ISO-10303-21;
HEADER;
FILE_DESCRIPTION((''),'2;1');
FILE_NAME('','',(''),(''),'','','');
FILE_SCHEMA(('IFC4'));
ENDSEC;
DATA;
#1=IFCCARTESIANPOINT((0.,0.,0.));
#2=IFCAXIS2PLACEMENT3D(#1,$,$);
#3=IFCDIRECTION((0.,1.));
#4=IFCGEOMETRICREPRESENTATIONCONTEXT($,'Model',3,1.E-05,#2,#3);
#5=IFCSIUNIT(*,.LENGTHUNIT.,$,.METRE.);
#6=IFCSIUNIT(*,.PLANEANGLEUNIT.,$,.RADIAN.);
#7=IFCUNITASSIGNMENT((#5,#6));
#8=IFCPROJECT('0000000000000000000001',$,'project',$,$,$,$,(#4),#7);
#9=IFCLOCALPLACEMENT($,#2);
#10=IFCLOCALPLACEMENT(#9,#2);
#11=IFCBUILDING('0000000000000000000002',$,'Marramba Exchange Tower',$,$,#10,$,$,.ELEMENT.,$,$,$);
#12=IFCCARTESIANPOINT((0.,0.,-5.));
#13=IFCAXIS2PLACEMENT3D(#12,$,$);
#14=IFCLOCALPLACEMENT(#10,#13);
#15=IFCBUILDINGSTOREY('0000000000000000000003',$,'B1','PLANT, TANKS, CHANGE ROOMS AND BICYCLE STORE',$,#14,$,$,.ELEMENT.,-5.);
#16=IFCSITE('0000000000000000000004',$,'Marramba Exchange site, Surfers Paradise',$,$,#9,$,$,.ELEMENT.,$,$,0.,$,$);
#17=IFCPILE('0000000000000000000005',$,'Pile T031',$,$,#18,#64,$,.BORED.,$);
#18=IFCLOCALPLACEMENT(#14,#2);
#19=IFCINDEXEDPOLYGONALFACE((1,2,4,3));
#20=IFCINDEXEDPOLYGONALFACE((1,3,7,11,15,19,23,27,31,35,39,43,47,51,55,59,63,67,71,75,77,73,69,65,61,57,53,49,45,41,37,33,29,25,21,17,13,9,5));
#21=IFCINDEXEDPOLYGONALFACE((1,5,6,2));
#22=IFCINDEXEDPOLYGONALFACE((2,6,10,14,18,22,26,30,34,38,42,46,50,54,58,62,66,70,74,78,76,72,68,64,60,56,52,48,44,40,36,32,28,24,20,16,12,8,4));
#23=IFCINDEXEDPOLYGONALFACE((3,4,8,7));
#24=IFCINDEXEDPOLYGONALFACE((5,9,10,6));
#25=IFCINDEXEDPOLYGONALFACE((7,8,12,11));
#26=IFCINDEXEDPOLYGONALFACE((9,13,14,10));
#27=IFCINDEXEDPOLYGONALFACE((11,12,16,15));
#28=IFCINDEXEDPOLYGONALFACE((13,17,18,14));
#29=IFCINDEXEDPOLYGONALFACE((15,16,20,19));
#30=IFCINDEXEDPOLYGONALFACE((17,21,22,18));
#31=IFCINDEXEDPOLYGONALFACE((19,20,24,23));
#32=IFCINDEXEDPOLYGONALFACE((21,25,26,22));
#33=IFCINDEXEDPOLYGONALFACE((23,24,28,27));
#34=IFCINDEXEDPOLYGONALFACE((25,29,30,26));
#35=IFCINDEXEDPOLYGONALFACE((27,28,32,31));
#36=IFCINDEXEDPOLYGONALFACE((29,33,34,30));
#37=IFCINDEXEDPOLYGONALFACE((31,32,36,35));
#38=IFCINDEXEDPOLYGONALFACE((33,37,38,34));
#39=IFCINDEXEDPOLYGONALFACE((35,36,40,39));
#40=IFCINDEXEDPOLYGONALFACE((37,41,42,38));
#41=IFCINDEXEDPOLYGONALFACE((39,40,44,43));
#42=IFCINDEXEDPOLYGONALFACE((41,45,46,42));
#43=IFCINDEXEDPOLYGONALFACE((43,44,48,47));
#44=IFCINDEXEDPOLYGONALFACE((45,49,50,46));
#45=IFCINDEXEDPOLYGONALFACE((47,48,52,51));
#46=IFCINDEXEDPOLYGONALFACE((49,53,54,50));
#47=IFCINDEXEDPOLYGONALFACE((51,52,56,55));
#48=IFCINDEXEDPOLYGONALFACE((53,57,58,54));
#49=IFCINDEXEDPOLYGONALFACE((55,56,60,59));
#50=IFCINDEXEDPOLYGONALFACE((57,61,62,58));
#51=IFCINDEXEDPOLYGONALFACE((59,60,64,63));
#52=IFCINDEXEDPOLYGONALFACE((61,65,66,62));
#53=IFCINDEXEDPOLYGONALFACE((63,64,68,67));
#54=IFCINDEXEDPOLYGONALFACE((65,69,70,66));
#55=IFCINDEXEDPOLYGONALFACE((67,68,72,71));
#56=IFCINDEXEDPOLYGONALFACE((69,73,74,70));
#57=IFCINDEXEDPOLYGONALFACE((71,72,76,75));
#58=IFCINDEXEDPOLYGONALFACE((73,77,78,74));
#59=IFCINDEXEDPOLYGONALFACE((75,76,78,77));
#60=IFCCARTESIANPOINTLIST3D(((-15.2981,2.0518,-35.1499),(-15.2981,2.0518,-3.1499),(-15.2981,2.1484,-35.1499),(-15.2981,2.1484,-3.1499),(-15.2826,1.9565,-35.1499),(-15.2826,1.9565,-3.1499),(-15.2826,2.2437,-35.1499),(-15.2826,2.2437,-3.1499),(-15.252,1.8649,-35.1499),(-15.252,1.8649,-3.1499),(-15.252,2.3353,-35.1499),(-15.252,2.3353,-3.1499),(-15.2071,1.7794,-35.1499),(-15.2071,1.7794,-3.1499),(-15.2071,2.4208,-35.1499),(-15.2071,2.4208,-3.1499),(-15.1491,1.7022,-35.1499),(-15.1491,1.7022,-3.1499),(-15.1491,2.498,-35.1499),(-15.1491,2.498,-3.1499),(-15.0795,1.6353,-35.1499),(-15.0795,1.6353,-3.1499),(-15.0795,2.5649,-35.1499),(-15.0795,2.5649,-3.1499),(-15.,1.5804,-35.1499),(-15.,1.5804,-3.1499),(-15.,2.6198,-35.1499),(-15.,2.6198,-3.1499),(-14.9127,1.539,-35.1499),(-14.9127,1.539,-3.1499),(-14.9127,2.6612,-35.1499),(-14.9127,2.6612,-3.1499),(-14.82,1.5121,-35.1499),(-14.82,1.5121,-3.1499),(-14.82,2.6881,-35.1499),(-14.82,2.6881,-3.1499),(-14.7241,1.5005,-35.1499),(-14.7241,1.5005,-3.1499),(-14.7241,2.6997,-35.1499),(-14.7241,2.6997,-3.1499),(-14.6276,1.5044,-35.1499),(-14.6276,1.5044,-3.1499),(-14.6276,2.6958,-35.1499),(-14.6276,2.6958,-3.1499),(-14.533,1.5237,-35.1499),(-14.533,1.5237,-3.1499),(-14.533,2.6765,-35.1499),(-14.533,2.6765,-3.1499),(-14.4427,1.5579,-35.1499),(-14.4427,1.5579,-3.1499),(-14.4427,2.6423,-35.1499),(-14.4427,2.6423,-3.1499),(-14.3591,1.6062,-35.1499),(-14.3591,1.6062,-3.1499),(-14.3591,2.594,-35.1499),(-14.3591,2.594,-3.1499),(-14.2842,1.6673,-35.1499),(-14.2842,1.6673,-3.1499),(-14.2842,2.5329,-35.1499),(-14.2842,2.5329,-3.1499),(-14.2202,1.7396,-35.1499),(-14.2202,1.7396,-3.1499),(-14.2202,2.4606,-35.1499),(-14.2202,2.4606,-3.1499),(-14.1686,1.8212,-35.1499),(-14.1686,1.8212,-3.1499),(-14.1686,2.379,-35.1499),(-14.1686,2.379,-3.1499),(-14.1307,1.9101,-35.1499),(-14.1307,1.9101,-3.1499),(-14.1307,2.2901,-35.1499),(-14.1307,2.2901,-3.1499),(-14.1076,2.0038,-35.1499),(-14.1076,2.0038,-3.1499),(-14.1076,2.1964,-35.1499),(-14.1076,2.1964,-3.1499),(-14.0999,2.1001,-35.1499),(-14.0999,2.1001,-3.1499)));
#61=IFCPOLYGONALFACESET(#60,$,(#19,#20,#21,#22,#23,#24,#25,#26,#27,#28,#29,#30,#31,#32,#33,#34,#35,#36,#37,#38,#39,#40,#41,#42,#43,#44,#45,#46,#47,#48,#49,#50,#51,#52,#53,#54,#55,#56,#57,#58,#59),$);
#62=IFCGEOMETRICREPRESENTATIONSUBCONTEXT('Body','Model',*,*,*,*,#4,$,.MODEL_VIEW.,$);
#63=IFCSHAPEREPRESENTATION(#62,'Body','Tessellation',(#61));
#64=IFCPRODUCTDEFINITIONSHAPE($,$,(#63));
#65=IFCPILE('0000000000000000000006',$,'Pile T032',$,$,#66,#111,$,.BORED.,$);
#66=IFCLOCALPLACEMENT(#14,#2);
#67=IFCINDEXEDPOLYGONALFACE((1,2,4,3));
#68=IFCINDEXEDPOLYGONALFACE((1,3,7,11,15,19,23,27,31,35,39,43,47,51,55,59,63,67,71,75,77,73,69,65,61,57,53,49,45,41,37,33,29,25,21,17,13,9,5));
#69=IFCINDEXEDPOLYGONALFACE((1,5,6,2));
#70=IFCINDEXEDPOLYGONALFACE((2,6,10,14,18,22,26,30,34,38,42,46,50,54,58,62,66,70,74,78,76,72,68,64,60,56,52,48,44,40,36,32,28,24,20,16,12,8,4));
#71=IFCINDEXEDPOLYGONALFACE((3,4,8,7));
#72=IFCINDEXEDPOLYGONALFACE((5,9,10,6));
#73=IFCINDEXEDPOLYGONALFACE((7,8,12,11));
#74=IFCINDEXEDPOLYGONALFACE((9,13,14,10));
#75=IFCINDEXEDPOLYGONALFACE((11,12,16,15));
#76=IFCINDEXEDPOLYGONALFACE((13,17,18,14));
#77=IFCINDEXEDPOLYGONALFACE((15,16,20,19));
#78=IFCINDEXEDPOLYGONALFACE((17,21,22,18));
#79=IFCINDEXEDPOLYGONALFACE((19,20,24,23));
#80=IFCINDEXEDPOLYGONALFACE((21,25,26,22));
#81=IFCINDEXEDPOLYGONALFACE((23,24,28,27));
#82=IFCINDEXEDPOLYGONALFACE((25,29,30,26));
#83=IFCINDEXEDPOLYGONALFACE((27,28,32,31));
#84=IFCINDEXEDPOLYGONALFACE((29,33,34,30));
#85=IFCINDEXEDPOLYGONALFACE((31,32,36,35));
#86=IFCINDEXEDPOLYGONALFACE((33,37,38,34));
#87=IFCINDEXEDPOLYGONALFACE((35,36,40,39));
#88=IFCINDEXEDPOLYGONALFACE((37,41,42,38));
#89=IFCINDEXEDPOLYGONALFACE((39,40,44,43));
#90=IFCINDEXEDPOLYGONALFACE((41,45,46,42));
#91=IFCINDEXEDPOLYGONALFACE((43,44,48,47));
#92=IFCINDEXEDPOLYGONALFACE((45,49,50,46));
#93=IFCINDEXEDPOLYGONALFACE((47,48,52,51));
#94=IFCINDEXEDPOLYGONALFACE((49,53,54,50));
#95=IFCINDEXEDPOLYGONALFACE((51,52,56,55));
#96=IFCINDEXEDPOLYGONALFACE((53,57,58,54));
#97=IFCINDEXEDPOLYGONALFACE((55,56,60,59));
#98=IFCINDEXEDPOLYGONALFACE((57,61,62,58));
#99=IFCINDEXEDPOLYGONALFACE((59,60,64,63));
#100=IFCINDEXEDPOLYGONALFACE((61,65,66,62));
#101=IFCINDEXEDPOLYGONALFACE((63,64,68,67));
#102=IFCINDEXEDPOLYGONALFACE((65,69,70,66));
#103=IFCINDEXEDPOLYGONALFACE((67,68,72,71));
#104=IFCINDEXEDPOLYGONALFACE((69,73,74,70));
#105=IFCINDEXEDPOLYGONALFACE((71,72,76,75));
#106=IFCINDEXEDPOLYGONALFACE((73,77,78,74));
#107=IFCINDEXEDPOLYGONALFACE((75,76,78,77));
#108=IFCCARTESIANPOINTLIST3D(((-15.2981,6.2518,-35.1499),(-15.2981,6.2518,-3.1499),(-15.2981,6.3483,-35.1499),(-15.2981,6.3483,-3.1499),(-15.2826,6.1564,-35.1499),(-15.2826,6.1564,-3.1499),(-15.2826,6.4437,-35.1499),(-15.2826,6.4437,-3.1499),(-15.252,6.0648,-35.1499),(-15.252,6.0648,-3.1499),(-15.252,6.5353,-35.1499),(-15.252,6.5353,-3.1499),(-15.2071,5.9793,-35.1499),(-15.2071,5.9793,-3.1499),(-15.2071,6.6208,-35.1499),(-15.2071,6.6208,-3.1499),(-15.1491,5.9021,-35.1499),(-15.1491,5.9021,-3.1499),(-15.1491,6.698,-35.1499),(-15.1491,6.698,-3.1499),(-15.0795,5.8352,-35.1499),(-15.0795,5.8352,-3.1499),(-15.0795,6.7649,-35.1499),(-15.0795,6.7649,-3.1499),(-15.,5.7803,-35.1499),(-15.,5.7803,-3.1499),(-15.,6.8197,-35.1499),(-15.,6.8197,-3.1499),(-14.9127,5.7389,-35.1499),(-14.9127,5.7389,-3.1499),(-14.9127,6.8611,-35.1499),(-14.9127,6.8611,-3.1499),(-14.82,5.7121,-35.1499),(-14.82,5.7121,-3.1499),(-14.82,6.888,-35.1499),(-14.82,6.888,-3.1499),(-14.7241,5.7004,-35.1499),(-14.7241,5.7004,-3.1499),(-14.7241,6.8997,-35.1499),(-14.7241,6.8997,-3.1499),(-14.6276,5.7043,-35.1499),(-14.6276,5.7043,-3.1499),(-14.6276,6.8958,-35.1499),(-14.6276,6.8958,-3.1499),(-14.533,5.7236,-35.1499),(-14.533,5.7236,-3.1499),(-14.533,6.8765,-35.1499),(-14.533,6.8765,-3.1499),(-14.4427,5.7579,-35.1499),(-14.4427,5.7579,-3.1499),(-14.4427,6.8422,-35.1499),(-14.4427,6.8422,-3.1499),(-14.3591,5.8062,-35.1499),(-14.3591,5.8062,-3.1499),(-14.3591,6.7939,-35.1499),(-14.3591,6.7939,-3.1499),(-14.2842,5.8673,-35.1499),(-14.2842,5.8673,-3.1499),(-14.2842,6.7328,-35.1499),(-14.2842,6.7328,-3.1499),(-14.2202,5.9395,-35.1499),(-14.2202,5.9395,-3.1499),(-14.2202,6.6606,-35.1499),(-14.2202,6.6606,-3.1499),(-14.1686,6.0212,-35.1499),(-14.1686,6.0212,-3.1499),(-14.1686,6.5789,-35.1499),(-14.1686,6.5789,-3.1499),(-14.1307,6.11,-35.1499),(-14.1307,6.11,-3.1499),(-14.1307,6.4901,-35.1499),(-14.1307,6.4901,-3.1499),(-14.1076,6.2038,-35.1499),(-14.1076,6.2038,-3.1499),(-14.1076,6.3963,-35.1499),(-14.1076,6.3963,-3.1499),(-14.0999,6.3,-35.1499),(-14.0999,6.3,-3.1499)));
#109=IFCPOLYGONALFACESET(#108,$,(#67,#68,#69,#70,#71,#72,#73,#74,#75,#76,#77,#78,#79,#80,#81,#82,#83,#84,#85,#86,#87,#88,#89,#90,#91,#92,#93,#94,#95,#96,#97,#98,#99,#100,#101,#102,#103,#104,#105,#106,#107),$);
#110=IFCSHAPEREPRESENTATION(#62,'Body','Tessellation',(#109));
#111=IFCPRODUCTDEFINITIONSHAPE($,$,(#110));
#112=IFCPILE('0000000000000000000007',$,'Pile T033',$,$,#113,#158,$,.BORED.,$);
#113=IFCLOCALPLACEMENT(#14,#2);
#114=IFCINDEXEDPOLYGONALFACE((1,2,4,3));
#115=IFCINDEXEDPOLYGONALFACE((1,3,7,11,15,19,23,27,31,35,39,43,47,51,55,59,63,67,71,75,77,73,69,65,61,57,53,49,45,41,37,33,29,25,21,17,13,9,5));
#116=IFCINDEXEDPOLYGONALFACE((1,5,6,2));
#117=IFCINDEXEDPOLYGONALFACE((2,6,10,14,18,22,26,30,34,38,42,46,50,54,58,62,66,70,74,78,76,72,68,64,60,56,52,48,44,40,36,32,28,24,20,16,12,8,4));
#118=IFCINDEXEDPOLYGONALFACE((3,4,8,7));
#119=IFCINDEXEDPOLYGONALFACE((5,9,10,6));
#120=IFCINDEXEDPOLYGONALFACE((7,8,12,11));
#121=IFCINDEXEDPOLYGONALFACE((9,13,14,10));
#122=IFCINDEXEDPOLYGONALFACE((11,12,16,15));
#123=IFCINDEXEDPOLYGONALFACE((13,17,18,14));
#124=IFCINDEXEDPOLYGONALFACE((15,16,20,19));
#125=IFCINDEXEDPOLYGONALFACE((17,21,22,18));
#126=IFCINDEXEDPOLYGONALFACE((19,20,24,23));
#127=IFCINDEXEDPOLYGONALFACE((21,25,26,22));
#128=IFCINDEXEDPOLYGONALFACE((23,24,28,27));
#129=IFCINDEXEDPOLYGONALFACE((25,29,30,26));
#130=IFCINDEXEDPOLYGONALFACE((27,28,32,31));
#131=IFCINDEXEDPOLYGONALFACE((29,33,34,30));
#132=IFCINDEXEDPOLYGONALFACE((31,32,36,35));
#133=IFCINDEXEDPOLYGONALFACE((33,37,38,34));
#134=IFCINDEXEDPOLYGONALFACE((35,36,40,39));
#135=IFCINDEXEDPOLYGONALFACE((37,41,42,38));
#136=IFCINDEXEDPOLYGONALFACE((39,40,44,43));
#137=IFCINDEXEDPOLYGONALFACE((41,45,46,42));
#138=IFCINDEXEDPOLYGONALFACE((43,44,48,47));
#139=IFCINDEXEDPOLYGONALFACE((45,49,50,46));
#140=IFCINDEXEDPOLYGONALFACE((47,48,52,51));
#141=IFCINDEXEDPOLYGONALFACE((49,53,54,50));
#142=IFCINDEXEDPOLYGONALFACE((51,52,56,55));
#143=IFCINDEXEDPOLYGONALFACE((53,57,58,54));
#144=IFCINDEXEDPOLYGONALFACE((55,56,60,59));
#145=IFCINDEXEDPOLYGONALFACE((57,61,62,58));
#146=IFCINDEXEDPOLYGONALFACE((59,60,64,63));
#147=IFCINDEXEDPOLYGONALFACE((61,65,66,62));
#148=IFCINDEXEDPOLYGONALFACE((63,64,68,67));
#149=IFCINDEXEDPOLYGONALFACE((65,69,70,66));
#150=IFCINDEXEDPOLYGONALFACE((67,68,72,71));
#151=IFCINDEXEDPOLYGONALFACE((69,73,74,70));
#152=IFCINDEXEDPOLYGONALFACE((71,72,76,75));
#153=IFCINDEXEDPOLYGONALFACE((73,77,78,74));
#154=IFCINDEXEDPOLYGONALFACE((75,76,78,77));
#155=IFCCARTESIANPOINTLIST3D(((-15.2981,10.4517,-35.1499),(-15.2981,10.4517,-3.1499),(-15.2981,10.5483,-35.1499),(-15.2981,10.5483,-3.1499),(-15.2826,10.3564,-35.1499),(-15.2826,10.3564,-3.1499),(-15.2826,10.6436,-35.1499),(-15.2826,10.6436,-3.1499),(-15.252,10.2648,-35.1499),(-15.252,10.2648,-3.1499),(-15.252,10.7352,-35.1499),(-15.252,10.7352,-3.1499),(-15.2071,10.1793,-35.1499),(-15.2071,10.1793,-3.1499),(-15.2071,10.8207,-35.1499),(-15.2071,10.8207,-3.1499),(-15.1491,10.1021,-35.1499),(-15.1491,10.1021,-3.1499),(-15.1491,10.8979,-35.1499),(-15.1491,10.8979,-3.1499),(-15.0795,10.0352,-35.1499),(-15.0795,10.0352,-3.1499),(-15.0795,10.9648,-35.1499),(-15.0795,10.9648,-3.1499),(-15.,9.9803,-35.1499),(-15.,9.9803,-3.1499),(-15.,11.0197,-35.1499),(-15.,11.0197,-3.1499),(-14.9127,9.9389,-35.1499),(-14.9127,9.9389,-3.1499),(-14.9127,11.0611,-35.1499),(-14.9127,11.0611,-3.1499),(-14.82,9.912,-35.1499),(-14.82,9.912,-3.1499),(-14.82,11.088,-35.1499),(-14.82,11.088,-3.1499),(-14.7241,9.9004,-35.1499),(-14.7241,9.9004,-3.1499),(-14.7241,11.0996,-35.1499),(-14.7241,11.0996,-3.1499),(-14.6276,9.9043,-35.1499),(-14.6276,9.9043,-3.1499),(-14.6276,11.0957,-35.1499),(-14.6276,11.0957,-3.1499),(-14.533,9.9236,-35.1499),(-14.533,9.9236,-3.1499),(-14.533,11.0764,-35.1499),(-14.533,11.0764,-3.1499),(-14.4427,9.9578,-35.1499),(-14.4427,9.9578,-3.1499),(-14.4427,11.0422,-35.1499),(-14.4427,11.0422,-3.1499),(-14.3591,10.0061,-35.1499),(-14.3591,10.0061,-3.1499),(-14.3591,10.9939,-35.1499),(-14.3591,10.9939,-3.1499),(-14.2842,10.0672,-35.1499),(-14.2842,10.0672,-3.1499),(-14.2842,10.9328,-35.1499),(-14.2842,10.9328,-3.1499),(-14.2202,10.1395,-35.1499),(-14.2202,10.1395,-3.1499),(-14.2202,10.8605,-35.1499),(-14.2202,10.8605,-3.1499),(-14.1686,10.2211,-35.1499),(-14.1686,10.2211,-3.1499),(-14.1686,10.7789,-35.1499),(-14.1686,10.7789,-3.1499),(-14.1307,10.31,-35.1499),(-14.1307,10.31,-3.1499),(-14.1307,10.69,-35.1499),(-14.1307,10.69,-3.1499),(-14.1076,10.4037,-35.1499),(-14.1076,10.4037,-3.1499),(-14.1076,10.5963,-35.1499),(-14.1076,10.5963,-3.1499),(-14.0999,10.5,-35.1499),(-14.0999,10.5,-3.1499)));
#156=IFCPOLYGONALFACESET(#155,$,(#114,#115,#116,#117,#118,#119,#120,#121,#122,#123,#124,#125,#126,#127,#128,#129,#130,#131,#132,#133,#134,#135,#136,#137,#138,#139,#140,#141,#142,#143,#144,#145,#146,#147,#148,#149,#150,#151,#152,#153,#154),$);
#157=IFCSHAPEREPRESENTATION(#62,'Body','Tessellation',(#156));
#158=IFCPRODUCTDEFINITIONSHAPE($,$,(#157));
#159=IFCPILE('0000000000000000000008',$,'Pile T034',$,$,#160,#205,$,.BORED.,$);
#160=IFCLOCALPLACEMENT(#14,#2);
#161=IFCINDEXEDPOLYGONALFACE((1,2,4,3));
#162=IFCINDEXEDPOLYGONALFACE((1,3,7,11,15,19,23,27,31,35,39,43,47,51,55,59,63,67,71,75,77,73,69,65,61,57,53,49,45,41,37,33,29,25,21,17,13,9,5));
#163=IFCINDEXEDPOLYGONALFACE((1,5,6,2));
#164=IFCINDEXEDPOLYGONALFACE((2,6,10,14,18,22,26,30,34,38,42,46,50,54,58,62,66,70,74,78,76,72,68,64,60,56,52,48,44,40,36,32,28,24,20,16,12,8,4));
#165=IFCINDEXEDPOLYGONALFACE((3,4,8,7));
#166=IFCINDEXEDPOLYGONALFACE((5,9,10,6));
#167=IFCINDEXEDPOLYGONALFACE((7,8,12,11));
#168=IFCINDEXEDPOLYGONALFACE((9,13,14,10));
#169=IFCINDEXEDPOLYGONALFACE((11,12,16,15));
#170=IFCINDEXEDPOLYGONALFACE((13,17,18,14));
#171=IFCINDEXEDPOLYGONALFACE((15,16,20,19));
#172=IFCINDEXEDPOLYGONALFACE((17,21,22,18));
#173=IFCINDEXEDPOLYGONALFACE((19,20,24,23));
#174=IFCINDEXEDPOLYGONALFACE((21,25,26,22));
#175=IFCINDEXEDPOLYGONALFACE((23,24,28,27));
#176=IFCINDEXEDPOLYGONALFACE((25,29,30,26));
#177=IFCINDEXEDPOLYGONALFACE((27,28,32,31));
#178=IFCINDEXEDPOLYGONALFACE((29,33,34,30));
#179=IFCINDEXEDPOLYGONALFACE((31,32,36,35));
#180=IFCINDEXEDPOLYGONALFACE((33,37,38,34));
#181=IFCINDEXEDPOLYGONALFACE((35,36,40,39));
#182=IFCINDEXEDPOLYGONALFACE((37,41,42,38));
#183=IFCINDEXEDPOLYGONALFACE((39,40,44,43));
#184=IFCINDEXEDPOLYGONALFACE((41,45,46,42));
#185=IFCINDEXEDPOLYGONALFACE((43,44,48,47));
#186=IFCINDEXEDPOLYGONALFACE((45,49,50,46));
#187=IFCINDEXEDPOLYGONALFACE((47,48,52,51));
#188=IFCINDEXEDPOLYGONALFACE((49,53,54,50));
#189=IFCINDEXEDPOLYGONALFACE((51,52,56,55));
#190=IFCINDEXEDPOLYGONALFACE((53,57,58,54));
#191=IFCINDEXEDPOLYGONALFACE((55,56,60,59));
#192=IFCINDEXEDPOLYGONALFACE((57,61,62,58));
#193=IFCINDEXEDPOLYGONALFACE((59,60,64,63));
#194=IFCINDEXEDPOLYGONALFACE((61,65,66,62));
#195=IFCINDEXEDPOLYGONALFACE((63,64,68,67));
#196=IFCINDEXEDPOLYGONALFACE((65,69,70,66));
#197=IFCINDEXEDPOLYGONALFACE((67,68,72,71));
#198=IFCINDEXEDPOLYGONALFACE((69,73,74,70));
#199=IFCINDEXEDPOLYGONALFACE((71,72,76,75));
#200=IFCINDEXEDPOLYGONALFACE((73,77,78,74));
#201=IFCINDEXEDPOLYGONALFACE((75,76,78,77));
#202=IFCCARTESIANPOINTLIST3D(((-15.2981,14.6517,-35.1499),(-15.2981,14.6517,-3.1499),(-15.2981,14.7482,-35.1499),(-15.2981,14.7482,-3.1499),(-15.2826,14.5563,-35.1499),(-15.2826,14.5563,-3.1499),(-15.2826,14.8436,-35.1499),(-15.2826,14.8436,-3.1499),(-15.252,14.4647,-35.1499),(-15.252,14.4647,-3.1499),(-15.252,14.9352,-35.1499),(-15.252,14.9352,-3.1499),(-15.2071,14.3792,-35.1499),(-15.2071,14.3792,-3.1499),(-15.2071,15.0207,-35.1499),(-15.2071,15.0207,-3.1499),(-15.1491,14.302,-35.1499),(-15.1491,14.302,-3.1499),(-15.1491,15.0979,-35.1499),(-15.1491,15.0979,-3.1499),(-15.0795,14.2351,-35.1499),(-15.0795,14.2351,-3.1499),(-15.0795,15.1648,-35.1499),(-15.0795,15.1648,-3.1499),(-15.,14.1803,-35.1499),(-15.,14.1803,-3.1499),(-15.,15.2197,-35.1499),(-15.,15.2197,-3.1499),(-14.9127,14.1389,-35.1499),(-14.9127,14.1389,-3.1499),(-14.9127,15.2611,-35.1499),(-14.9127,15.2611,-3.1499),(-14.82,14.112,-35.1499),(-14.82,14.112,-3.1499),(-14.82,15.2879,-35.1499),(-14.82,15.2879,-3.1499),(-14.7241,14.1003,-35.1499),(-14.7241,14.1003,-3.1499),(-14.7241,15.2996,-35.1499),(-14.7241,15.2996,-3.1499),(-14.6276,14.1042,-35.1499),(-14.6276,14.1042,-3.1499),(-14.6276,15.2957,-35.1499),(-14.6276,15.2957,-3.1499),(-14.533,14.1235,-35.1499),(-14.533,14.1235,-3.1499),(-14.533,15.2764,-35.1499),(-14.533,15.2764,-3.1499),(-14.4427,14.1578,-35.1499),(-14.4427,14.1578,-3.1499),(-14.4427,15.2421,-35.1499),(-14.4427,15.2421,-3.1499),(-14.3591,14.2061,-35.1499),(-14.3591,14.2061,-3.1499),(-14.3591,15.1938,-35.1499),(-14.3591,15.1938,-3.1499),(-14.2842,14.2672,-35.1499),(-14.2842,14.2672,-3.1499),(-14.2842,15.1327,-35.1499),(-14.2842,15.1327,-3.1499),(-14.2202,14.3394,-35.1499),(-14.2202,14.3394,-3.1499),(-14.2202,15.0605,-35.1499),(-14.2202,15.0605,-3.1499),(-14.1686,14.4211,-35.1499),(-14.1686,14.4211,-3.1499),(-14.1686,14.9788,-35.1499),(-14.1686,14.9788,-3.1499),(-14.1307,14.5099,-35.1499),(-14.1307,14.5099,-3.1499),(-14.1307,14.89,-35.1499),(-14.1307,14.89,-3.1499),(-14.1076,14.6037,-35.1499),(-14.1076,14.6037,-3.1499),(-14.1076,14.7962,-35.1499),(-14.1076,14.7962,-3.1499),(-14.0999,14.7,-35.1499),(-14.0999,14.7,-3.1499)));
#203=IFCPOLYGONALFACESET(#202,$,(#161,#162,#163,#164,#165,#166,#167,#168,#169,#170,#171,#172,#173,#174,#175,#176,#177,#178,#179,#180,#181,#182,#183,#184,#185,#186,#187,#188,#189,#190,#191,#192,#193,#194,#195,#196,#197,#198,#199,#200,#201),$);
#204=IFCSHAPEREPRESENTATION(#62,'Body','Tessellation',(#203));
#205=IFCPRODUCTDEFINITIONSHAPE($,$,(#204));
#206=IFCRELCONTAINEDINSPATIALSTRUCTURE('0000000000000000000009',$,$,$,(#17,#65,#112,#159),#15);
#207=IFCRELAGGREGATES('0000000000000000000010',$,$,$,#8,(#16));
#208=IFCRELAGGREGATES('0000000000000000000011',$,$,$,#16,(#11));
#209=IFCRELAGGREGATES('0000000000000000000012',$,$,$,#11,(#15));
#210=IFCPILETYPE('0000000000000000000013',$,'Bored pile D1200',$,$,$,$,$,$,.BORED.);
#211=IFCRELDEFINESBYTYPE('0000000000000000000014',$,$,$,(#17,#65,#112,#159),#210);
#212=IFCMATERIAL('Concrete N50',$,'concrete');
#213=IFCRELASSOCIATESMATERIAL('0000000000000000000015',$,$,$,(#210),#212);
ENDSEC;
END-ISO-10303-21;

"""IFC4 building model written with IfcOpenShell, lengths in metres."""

from ifc_helpers import new_model, si_unit, direction, frame, origin, origin_2d, place, context, subcontext, project, spatial, circle, extrude, material, material_profile, profile_set, type_object, element, save


model = new_model("IFC4")

# Units and contexts
model_context = context("Model", 3, precision=1e-05, world=origin(), true_north=direction((0.0, 1.0)))
body_context = subcontext(model_context, "Body", "Model", "MODEL_VIEW")
ifc_project = project(units=[si_unit("LENGTHUNIT", "METRE"), si_unit("PLANEANGLEUNIT", "RADIAN")], contexts=[model_context])

# Site, building, storey
site_placement = place(None, origin())
site = spatial("IfcSite", under=ifc_project, at=site_placement, Name="Marramba Exchange site, Surfers Paradise", CompositionType="ELEMENT", RefElevation=0.0)
building_placement = place(site_placement, origin())
building = spatial("IfcBuilding", under=site, at=building_placement, Name="Marramba Exchange Tower", CompositionType="ELEMENT")
storey_placement = place(building_placement, frame((0.0, 0.0, -5.0)))
storey = spatial("IfcBuildingStorey", under=building, at=storey_placement, Name="B1", Description="PLANT, TANKS, CHANGE ROOMS AND BICYCLE STORE", CompositionType="ELEMENT", Elevation=-5.0)

# Piles
ifc_material_1 = material(Name="Concrete N50", Category="concrete")
ifc_material_profile_1 = material_profile(ifc_material_1, circle(Radius=0.6001, at=origin_2d()), Name="BP D1200")
ifc_profile_set_1 = profile_set([ifc_material_profile_1], Name="Concrete N50")
pile_type = type_object("IfcPileType", Name="Bored pile D1200", PredefinedType="BORED", material=ifc_profile_set_1)
for number, where, z_axis, x_axis, name in (
    (1, (-14.7, 2.1001, -3.1499), (0.0, 0.0, -1.0), (1.0, 0.0, 0.0), "Pile T031"),
    (2, (-14.7, 6.3, -3.1499), (0.0, 0.0, -1.0), (1.0, 0.0, 0.0), "Pile T032"),
    (3, (-14.7, 10.5, -3.1499), (0.0, 0.0, -1.0), (1.0, 0.0, 0.0), "Pile T033"),
    (4, (-14.7, 14.7, -3.1499), (0.0, 0.0, -1.0), (1.0, 0.0, 0.0), "Pile T034"),
):
    element("IfcPile", number, at=place(storey_placement, frame(where, z_axis=z_axis, x_axis=x_axis)), inside=storey, type_object=pile_type, Name=name, PredefinedType="BORED", context=body_context, shape_type="SweptSolid", body=[
        extrude(circle(Radius=0.6001, at=origin_2d()), origin(), (0.0, 0.0, 1.0), 32.0),
    ])

save(model, "model.ifc")
